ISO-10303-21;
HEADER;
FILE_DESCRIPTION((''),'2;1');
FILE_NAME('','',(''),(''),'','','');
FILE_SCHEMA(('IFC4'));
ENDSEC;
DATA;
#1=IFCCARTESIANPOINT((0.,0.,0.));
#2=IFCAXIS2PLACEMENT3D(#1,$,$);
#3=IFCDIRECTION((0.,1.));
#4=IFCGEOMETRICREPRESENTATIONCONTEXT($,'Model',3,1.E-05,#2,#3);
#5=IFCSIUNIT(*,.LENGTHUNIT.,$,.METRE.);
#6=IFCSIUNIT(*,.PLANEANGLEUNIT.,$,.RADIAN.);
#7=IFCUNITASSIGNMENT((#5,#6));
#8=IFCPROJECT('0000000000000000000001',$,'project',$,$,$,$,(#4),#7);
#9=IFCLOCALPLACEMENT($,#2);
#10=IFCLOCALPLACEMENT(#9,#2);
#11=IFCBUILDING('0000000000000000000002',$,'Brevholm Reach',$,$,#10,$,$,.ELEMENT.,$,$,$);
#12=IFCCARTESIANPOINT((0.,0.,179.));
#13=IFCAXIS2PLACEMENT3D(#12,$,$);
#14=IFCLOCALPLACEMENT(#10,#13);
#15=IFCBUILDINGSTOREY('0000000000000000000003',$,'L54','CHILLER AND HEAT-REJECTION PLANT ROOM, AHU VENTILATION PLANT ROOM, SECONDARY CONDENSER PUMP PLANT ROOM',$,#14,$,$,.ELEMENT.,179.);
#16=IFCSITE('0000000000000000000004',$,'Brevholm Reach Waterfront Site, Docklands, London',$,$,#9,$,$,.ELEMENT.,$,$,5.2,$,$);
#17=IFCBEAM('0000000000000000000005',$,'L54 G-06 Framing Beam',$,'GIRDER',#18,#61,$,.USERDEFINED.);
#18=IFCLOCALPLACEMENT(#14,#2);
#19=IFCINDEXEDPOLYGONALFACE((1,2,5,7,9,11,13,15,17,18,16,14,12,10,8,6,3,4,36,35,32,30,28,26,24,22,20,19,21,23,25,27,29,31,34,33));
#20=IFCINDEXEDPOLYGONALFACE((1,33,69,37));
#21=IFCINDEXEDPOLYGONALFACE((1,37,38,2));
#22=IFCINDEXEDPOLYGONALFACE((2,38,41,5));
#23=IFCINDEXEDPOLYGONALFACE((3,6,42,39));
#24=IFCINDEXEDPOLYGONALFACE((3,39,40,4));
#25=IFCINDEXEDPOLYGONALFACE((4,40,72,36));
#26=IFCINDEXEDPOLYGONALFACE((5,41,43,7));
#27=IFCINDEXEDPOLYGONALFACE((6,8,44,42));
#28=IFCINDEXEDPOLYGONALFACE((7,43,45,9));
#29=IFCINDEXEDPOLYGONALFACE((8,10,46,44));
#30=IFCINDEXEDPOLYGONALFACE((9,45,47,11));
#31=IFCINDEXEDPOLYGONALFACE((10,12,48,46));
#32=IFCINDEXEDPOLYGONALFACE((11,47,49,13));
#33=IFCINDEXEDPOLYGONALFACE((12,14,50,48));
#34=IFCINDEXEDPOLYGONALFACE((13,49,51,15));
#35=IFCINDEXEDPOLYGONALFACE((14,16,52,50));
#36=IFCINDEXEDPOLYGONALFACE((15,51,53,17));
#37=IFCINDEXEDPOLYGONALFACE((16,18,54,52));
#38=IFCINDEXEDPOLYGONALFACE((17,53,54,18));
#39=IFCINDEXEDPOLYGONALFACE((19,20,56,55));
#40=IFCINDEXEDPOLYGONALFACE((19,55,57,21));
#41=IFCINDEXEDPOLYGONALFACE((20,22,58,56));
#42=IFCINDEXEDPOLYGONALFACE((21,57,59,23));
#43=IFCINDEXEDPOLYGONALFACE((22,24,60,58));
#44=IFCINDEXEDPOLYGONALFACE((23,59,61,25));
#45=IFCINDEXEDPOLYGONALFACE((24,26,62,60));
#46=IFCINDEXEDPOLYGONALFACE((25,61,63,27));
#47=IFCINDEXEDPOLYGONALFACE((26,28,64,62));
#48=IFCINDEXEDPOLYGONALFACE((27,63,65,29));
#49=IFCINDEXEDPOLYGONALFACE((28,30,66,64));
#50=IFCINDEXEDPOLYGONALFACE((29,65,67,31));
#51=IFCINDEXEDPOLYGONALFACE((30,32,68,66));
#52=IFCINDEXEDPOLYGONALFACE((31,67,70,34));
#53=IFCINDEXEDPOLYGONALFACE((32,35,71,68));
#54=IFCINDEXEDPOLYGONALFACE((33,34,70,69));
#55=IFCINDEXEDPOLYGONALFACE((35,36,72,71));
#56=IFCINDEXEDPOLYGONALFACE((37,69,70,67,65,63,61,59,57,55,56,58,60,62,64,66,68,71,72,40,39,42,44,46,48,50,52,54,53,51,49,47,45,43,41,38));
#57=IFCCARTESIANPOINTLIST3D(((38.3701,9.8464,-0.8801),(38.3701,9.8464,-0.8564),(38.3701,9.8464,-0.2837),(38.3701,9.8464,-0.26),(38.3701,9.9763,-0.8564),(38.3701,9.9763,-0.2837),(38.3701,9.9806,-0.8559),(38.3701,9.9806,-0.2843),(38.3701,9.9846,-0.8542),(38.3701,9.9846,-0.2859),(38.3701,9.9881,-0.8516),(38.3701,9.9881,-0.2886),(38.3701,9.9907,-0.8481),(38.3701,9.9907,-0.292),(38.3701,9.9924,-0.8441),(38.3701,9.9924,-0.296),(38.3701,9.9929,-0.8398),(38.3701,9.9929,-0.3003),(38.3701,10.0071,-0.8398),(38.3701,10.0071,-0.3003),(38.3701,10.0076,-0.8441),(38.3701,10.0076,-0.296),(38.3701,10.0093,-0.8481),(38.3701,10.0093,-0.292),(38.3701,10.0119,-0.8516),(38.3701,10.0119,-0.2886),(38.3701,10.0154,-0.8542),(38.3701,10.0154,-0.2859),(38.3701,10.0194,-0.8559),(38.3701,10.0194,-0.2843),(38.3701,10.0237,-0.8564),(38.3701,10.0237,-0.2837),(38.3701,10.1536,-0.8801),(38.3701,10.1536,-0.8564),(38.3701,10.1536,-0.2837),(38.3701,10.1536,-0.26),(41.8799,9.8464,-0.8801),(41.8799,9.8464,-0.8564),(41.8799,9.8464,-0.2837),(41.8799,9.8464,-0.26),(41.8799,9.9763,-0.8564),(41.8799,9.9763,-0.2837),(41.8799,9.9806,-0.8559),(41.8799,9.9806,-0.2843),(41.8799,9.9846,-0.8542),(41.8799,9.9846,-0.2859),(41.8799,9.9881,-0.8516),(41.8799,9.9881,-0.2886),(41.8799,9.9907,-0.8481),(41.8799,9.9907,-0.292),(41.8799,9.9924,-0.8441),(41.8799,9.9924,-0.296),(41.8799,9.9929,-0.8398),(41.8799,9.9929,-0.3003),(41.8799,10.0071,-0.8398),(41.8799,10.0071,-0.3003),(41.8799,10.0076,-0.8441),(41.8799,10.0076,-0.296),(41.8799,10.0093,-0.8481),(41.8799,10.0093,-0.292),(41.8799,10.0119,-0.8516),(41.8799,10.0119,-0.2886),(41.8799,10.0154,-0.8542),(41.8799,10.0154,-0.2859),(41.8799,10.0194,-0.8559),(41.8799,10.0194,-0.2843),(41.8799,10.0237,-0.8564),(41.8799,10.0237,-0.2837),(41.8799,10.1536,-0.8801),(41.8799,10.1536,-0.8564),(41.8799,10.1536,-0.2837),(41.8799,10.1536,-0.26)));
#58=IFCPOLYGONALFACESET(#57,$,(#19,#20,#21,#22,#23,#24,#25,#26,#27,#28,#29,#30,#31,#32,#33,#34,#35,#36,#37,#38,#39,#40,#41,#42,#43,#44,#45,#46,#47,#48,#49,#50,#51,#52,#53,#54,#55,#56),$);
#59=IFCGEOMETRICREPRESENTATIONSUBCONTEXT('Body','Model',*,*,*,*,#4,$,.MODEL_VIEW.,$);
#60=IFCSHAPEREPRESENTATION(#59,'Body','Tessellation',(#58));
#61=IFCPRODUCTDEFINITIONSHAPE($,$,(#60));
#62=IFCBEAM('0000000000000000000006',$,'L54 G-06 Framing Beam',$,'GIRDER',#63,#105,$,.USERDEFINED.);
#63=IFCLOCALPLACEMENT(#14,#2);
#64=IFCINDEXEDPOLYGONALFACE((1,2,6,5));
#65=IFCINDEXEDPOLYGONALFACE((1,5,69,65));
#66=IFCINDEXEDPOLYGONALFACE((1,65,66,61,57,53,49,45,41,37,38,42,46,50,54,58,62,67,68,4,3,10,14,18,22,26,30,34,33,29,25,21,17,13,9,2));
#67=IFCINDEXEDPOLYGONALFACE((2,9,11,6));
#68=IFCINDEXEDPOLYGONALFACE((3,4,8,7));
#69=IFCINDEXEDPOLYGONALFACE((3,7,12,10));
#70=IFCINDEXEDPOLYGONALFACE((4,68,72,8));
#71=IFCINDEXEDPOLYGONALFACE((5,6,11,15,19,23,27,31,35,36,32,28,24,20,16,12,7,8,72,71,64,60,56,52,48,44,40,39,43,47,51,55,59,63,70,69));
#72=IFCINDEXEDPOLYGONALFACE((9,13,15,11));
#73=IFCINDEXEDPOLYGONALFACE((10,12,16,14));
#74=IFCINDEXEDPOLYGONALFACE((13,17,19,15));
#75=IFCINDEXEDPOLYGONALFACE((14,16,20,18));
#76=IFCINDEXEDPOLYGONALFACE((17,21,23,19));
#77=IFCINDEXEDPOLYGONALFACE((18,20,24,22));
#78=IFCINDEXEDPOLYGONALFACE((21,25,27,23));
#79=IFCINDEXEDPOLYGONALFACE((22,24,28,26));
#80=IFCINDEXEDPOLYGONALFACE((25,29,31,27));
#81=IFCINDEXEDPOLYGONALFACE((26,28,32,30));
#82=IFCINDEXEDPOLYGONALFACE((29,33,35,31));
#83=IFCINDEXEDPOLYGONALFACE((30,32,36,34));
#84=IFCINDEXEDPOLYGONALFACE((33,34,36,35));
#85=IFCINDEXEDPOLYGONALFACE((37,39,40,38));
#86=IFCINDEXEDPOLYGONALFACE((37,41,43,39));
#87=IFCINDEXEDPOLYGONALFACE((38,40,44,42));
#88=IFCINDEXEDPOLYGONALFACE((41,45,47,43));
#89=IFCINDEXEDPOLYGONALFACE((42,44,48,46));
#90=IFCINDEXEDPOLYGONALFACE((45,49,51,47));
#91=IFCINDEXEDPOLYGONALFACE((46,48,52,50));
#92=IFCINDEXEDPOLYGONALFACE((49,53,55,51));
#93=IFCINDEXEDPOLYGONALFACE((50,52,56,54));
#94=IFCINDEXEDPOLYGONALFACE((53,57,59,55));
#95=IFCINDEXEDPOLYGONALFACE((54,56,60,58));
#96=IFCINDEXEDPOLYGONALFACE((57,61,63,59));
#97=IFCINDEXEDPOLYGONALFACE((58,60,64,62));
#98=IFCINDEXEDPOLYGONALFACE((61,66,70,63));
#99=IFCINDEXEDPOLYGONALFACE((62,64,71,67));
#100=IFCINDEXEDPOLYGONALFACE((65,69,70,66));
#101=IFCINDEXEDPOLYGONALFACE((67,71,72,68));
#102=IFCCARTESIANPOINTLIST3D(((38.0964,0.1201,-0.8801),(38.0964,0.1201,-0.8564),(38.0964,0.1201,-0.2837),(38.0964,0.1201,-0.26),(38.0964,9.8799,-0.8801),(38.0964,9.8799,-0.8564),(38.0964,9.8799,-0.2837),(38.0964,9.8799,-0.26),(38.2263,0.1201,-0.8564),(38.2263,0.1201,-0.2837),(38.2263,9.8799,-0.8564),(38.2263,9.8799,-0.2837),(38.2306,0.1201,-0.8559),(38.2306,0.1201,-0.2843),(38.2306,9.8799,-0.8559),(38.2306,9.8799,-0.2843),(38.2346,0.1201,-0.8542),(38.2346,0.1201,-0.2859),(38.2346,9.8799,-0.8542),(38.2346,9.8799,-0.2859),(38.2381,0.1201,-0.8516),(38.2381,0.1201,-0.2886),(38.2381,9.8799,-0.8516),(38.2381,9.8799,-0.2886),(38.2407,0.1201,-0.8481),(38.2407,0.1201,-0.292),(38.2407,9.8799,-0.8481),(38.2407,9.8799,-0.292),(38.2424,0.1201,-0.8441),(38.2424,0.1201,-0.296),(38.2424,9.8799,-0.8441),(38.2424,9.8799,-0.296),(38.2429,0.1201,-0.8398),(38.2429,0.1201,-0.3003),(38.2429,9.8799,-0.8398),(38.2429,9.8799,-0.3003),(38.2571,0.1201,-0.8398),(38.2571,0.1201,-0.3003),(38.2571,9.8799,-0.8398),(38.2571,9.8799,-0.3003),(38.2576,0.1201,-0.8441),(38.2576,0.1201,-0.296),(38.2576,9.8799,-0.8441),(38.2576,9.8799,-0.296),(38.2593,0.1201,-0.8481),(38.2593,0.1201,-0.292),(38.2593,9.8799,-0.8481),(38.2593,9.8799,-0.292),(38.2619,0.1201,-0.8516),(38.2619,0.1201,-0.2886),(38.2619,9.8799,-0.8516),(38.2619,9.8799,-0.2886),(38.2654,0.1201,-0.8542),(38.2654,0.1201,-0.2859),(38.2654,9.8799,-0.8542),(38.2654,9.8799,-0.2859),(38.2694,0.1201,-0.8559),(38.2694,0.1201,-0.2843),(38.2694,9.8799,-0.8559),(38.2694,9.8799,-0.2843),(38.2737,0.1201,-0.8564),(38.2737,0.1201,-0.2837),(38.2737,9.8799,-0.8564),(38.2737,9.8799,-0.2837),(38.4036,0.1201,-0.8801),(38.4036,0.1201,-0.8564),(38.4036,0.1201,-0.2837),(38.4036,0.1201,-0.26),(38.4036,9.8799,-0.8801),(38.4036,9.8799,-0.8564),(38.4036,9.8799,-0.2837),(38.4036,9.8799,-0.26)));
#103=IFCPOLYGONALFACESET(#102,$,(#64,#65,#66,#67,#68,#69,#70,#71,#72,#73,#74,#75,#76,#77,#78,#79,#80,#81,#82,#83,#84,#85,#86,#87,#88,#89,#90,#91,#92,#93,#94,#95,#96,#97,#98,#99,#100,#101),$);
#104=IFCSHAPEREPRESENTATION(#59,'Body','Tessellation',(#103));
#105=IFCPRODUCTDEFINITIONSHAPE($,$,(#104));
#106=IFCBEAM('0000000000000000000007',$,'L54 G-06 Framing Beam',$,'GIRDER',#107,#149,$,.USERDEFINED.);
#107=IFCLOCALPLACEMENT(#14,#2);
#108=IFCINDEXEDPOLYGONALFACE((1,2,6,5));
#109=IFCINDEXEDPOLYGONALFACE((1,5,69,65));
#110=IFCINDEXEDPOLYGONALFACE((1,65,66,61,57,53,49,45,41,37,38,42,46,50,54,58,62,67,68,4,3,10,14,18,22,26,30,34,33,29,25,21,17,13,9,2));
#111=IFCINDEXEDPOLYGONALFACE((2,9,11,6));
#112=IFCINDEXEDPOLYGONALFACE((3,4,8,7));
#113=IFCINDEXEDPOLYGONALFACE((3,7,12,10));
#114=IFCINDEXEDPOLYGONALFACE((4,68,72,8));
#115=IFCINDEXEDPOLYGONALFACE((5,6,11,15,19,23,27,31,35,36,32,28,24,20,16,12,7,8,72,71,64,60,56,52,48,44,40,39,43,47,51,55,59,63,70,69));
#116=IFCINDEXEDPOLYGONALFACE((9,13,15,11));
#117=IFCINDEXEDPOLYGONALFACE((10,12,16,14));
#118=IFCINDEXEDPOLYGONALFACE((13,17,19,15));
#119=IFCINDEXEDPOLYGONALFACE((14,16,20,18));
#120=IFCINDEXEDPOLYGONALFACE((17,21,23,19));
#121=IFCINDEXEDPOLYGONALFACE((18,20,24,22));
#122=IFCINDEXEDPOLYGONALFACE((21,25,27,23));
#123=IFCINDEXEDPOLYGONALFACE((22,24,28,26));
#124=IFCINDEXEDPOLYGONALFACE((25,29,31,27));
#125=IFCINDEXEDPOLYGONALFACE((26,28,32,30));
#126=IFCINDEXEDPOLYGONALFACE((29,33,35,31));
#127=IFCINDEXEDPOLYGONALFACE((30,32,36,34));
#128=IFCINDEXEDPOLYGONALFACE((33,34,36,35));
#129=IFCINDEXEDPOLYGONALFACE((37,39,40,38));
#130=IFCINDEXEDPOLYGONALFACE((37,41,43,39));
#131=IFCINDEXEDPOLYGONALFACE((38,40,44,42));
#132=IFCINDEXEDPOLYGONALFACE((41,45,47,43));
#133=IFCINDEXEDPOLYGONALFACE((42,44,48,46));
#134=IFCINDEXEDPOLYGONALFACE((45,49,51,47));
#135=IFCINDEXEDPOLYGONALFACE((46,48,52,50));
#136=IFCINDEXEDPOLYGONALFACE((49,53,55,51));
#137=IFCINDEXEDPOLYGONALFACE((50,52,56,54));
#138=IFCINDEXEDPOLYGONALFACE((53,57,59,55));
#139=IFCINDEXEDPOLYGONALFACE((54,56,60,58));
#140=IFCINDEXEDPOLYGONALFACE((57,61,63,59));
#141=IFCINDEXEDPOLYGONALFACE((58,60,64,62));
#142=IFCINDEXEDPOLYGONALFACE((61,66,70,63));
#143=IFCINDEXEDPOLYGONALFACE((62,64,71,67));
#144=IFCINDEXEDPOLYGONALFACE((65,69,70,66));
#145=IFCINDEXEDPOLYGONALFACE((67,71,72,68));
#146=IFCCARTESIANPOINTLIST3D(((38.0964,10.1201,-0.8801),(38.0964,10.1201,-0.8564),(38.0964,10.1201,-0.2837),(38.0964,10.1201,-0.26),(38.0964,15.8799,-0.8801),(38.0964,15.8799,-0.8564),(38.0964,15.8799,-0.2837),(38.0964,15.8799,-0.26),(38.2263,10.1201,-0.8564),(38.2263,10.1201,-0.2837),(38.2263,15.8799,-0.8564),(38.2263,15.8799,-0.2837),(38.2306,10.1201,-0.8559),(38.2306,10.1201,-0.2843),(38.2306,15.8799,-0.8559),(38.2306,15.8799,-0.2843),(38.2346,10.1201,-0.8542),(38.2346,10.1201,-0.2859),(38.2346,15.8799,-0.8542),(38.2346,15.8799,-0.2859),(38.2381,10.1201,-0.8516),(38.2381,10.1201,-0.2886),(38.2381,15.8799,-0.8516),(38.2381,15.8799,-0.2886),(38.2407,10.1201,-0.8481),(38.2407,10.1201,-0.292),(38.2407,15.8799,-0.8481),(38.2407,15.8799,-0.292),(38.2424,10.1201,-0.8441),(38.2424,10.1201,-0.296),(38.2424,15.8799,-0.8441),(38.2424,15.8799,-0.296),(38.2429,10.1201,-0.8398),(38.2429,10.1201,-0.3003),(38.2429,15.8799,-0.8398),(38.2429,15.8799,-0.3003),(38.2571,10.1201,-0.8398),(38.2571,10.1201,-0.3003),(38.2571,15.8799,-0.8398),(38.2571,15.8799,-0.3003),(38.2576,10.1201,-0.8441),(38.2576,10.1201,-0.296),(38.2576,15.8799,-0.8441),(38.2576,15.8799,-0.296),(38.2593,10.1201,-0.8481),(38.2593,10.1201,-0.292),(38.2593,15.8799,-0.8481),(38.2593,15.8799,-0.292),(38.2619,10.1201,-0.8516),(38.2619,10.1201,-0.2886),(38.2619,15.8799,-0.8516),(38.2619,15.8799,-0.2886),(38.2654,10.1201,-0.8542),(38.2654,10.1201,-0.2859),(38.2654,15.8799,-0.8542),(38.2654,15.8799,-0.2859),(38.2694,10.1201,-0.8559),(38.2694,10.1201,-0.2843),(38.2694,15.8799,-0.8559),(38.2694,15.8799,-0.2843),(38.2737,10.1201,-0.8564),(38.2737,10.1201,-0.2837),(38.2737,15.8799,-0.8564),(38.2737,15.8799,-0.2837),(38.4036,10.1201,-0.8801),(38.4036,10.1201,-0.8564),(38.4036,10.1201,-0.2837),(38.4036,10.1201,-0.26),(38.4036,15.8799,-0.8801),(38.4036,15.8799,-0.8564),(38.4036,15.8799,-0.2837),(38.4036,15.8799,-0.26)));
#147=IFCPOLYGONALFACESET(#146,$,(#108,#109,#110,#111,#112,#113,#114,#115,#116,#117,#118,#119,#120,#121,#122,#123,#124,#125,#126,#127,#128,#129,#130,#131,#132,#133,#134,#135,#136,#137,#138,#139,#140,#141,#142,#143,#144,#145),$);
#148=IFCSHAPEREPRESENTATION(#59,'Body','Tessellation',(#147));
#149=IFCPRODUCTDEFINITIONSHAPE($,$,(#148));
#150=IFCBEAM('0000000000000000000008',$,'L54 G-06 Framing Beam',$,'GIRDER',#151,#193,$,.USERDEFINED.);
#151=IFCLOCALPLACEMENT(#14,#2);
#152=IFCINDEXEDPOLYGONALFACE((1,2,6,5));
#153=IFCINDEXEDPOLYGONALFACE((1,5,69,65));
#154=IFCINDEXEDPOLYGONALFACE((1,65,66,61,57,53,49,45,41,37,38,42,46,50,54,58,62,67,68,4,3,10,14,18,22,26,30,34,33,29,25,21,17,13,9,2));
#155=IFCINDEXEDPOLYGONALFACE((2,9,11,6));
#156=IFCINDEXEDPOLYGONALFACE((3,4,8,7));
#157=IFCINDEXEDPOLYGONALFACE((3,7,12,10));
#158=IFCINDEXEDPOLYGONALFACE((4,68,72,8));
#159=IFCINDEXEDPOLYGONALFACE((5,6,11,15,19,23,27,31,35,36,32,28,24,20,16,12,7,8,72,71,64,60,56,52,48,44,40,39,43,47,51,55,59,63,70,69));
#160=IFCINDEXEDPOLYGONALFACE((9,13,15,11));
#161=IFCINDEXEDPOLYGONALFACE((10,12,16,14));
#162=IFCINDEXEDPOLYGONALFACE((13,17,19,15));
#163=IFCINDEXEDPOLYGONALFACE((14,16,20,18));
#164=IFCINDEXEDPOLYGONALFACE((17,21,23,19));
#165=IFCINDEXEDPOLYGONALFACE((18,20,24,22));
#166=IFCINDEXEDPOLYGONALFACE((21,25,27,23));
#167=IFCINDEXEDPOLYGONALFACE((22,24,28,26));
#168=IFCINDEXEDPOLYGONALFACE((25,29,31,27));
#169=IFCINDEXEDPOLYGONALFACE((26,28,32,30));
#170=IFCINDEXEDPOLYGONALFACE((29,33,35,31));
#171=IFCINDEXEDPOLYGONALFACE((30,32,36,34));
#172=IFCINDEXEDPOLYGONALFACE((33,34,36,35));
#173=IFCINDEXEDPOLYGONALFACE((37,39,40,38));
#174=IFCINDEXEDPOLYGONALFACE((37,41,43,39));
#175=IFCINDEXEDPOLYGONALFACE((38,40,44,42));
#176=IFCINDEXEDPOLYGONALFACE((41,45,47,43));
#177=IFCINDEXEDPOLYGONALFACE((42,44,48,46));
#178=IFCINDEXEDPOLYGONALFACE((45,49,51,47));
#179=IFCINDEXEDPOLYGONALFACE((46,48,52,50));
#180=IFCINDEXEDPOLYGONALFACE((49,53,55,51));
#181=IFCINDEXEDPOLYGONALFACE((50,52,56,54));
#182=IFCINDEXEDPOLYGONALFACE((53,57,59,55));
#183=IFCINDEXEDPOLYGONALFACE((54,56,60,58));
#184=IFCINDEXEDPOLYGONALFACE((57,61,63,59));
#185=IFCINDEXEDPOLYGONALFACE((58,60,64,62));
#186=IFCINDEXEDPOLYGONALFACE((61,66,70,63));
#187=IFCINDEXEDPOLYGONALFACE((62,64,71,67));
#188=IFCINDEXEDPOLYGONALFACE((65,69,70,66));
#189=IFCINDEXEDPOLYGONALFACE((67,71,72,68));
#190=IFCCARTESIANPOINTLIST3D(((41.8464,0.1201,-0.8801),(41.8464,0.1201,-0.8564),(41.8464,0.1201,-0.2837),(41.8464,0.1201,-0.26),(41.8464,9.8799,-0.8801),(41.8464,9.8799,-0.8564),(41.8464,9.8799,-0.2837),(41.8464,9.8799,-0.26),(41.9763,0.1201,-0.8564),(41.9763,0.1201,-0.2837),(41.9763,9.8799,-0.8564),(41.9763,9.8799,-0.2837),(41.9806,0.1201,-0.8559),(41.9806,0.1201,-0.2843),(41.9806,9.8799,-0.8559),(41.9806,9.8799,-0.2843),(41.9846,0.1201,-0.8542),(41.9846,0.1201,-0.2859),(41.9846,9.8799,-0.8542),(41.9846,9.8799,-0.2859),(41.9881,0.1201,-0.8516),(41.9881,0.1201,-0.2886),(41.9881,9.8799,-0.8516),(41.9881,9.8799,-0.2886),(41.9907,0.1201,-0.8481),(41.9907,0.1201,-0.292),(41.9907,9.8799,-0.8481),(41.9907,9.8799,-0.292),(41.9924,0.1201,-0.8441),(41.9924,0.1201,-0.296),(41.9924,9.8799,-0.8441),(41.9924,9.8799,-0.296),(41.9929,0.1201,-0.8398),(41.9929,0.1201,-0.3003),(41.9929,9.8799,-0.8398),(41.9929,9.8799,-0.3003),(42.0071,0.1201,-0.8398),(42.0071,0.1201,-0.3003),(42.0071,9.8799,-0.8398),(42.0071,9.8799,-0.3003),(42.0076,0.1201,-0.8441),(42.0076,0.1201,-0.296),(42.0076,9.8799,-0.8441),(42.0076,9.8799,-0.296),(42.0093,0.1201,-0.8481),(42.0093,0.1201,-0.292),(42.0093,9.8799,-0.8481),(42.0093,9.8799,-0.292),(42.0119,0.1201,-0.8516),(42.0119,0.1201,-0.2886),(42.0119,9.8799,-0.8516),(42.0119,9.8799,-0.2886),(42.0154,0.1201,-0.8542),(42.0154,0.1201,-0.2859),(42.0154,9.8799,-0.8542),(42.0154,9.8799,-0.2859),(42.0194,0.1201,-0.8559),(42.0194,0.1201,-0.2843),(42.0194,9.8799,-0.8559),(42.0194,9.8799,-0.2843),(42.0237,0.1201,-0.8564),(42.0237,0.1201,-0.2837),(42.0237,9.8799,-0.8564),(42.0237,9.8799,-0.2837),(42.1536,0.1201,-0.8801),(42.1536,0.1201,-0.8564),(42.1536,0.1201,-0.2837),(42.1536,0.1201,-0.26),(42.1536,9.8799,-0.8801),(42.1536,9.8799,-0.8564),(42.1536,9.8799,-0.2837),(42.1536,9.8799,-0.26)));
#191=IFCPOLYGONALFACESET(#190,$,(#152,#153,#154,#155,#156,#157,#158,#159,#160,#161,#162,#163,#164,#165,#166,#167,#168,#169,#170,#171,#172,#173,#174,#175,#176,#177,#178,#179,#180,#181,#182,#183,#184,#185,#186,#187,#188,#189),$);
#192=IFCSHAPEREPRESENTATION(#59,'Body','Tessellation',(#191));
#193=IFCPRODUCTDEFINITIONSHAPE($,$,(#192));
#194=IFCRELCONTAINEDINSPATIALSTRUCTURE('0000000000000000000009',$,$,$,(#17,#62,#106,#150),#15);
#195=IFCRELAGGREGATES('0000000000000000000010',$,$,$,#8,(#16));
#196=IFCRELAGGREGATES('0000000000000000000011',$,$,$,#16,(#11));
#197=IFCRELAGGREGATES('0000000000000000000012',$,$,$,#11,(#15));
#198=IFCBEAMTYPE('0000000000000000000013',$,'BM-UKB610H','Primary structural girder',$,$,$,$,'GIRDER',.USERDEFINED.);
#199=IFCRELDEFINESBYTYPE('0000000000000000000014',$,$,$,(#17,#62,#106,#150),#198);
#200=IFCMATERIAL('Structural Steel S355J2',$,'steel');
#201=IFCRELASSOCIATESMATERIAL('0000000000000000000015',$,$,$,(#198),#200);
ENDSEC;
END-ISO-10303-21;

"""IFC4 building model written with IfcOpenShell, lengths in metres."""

from ifc_helpers import new_model, si_unit, direction, frame, origin, origin_2d, place, context, subcontext, project, spatial, i_section, extrude, material, material_profile, profile_set, type_object, element, save


model = new_model("IFC4")

# Units and contexts
model_context = context("Model", 3, precision=1e-05, world=origin(), true_north=direction((0.0, 1.0)))
body_context = subcontext(model_context, "Body", "Model", "MODEL_VIEW")
ifc_project = project(units=[si_unit("LENGTHUNIT", "METRE"), si_unit("PLANEANGLEUNIT", "RADIAN")], contexts=[model_context])

# Site, building, storey
site_placement = place(None, origin())
site = spatial("IfcSite", under=ifc_project, at=site_placement, Name="Brevholm Reach Waterfront Site, Docklands, London", CompositionType="ELEMENT", RefElevation=5.2)
building_placement = place(site_placement, origin())
building = spatial("IfcBuilding", under=site, at=building_placement, Name="Brevholm Reach", CompositionType="ELEMENT")
storey_placement = place(building_placement, frame((0.0, 0.0, 179.0)))
storey = spatial("IfcBuildingStorey", under=building, at=storey_placement, Name="L54", Description="CHILLER AND HEAT-REJECTION PLANT ROOM, AHU VENTILATION PLANT ROOM, SECONDARY CONDENSER PUMP PLANT ROOM", CompositionType="ELEMENT", Elevation=179.0)

# Beams
ifc_material_1 = material(Name="Structural Steel S355J2", Category="steel")
ifc_material_profile_1 = material_profile(ifc_material_1, i_section(OverallWidth=0.3071, OverallDepth=0.6201, WebThickness=0.0142, FlangeThickness=0.0237, FilletRadius=0.0166, at=origin_2d()), Name="UKB 610x305x179")
ifc_profile_set_1 = profile_set([ifc_material_profile_1], Name="Structural Steel S355J2")
beam_type_1 = type_object("IfcBeamType", Name="BM-UKB610H", Description="Primary structural girder", ElementType="GIRDER", PredefinedType="USERDEFINED", material=ifc_profile_set_1)
beam_1_placement = place(storey_placement, frame((38.3701, 10.0, -0.5701), z_axis=(1.0, 0.0, 0.0), x_axis=(0.0, 1.0, 0.0)))
element("IfcBeam", 1, at=beam_1_placement, inside=storey, type_object=beam_type_1, Name="L54 G-06 Framing Beam", ObjectType="GIRDER", PredefinedType="USERDEFINED", context=body_context, shape_type="SweptSolid", body=[
    extrude(i_section(OverallWidth=0.3071, OverallDepth=0.6201, WebThickness=0.0142, FlangeThickness=0.0237, FilletRadius=0.0166, at=origin_2d()), origin(), (0.0, 0.0, 1.0), 3.5098),
])
beam_2_placement = place(storey_placement, frame((38.25, 0.1201, -0.5701), z_axis=(0.0, 1.0, 0.0), x_axis=(-1.0, 0.0, 0.0)))
element("IfcBeam", 2, at=beam_2_placement, inside=storey, type_object=beam_type_1, Name="L54 G-06 Framing Beam", ObjectType="GIRDER", PredefinedType="USERDEFINED", context=body_context, shape_type="SweptSolid", body=[
    extrude(i_section(OverallWidth=0.3071, OverallDepth=0.6201, WebThickness=0.0142, FlangeThickness=0.0237, FilletRadius=0.0166, at=origin_2d()), origin(), (0.0, 0.0, 1.0), 9.7598),
])
beam_3_placement = place(storey_placement, frame((38.25, 10.1201, -0.5701), z_axis=(0.0, 1.0, 0.0), x_axis=(-1.0, 0.0, 0.0)))
element("IfcBeam", 3, at=beam_3_placement, inside=storey, type_object=beam_type_1, Name="L54 G-06 Framing Beam", ObjectType="GIRDER", PredefinedType="USERDEFINED", context=body_context, shape_type="SweptSolid", body=[
    extrude(i_section(OverallWidth=0.3071, OverallDepth=0.6201, WebThickness=0.0142, FlangeThickness=0.0237, FilletRadius=0.0166, at=origin_2d()), origin(), (0.0, 0.0, 1.0), 5.7598),
])
beam_4_placement = place(storey_placement, frame((42.0, 0.1201, -0.5701), z_axis=(0.0, 1.0, 0.0), x_axis=(-1.0, 0.0, 0.0)))
element("IfcBeam", 4, at=beam_4_placement, inside=storey, type_object=beam_type_1, Name="L54 G-06 Framing Beam", ObjectType="GIRDER", PredefinedType="USERDEFINED", context=body_context, shape_type="SweptSolid", body=[
    extrude(i_section(OverallWidth=0.3071, OverallDepth=0.6201, WebThickness=0.0142, FlangeThickness=0.0237, FilletRadius=0.0166, at=origin_2d()), origin(), (0.0, 0.0, 1.0), 9.7598),
])

save(model, "model.ifc")
